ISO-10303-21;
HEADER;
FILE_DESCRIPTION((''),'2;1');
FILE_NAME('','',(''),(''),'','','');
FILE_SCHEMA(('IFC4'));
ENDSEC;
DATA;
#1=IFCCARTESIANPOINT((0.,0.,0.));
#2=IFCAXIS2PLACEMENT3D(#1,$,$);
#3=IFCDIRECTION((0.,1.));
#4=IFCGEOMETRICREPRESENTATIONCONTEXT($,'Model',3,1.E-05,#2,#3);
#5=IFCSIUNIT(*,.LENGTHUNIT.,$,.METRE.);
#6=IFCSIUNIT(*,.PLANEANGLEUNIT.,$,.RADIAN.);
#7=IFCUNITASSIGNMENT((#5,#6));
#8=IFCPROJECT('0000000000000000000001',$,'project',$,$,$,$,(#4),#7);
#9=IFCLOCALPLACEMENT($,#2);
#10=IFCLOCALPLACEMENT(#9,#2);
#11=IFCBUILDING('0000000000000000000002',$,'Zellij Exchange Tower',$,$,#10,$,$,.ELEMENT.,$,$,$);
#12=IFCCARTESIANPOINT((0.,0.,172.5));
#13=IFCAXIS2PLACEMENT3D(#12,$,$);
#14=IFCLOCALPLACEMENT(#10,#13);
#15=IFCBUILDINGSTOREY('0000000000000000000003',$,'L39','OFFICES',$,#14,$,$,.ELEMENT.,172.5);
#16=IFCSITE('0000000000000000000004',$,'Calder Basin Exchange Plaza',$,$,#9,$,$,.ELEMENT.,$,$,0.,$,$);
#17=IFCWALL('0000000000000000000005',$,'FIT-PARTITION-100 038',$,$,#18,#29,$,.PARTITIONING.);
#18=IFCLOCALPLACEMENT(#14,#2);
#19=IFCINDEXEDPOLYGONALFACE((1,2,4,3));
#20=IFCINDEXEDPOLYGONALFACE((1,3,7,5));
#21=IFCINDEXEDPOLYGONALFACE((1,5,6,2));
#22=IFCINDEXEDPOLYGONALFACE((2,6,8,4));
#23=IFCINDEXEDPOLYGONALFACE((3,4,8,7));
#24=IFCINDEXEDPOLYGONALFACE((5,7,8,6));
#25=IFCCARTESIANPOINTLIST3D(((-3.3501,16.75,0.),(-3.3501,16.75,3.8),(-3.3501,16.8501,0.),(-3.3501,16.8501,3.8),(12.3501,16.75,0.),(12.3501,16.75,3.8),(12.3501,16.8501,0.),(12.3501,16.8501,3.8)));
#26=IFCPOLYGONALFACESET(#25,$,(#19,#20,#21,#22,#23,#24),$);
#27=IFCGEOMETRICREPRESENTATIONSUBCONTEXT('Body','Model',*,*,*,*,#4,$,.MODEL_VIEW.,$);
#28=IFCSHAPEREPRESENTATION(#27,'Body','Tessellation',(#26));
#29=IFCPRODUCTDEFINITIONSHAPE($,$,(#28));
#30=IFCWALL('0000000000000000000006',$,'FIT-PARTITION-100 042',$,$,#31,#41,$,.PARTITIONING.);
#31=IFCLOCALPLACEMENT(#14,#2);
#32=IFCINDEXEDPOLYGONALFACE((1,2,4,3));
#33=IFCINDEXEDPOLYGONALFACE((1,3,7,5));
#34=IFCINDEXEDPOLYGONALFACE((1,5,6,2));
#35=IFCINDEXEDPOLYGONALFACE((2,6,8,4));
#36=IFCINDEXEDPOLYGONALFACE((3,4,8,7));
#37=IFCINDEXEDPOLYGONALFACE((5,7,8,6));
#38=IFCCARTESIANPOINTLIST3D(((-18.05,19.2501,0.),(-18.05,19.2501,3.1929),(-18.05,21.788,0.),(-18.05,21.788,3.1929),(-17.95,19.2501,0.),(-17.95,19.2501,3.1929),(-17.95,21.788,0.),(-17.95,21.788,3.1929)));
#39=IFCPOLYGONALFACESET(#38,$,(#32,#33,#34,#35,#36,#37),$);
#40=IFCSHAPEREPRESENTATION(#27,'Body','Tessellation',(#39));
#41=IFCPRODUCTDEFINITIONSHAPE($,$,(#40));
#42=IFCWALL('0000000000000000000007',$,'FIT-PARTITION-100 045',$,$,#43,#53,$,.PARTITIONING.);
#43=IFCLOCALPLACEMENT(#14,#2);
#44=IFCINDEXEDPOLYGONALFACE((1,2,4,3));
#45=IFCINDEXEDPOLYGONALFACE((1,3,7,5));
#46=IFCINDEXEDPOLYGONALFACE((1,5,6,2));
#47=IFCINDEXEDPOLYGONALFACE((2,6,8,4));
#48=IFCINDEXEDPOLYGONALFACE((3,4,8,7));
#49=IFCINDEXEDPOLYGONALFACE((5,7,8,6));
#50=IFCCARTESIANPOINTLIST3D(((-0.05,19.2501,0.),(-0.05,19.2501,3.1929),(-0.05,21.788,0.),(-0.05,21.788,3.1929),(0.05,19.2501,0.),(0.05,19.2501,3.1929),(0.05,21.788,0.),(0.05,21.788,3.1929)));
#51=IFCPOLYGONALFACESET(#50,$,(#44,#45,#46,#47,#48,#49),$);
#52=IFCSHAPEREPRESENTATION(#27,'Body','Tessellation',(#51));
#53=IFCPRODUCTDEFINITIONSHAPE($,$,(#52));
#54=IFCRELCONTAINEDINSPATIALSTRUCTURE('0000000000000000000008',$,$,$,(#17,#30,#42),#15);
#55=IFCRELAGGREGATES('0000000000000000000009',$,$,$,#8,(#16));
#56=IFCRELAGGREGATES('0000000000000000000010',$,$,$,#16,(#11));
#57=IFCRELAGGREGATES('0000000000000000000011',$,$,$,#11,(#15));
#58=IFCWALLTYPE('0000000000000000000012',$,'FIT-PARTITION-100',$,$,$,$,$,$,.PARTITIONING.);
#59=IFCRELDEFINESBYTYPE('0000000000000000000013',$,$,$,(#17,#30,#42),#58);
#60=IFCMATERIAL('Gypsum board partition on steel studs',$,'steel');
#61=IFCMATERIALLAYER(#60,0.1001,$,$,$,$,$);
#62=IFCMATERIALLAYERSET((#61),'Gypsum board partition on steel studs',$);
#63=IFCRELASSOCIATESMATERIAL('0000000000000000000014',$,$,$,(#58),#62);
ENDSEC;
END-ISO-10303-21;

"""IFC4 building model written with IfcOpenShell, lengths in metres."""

from ifc_helpers import new_model, si_unit, direction, frame, frame_2d, origin, place, context, subcontext, project, spatial, rectangle, extrude, material, layer, layer_set, type_object, element, save


model = new_model("IFC4")

# Units and contexts
model_context = context("Model", 3, precision=1e-05, world=origin(), true_north=direction((0.0, 1.0)))
body_context = subcontext(model_context, "Body", "Model", "MODEL_VIEW")
ifc_project = project(units=[si_unit("LENGTHUNIT", "METRE"), si_unit("PLANEANGLEUNIT", "RADIAN")], contexts=[model_context])

# Site, building, storey
site_placement = place(None, origin())
site = spatial("IfcSite", under=ifc_project, at=site_placement, Name="Calder Basin Exchange Plaza", CompositionType="ELEMENT", RefElevation=0.0)
building_placement = place(site_placement, origin())
building = spatial("IfcBuilding", under=site, at=building_placement, Name="Zellij Exchange Tower", CompositionType="ELEMENT")
storey_placement = place(building_placement, frame((0.0, 0.0, 172.5)))
storey = spatial("IfcBuildingStorey", under=building, at=storey_placement, Name="L39", Description="OFFICES", CompositionType="ELEMENT", Elevation=172.5)

# Shared definitions
ifc_material_1 = material(Name="Gypsum board partition on steel studs", Category="steel")
ifc_layer_1 = layer(ifc_material_1, 0.1001)
ifc_layer_set_1 = layer_set([ifc_layer_1], Name="Gypsum board partition on steel studs")
wall_type_1 = type_object("IfcWallType", Name="FIT-PARTITION-100", PredefinedType="PARTITIONING", material=ifc_layer_set_1)

# Walls
wall_1_placement = place(storey_placement, frame((-3.3501, 16.8, 0.0), z_axis=(0.0, 0.0, 1.0), x_axis=(1.0, 0.0, 0.0)))
element("IfcWall", 1, at=wall_1_placement, inside=storey, type_object=wall_type_1, Name="FIT-PARTITION-100 038", PredefinedType="PARTITIONING", context=body_context, shape_type="SweptSolid", body=[
    extrude(rectangle(XDim=15.7002, YDim=0.1001, at=frame_2d((7.8501, 0.0))), origin(), (0.0, 0.0, 1.0), 3.8),
])
for number, where, z_axis, x_axis, name in (
    (2, (-18.0, 19.25, 0.0), (0.0, 0.0, 1.0), (0.0, 1.0, 0.0), "FIT-PARTITION-100 042"),
    (3, (0.0, 19.25, 0.0), (0.0, 0.0, 1.0), (0.0, 1.0, 0.0), "FIT-PARTITION-100 045"),
):
    element("IfcWall", number, at=place(storey_placement, frame(where, z_axis=z_axis, x_axis=x_axis)), inside=storey, type_object=wall_type_1, Name=name, PredefinedType="PARTITIONING", context=body_context, shape_type="SweptSolid", body=[
        extrude(rectangle(XDim=2.5378, YDim=0.1001, at=frame_2d((1.269, 0.0))), origin(), (0.0, 0.0, 1.0), 3.1929),
    ])

save(model, "model.ifc")
